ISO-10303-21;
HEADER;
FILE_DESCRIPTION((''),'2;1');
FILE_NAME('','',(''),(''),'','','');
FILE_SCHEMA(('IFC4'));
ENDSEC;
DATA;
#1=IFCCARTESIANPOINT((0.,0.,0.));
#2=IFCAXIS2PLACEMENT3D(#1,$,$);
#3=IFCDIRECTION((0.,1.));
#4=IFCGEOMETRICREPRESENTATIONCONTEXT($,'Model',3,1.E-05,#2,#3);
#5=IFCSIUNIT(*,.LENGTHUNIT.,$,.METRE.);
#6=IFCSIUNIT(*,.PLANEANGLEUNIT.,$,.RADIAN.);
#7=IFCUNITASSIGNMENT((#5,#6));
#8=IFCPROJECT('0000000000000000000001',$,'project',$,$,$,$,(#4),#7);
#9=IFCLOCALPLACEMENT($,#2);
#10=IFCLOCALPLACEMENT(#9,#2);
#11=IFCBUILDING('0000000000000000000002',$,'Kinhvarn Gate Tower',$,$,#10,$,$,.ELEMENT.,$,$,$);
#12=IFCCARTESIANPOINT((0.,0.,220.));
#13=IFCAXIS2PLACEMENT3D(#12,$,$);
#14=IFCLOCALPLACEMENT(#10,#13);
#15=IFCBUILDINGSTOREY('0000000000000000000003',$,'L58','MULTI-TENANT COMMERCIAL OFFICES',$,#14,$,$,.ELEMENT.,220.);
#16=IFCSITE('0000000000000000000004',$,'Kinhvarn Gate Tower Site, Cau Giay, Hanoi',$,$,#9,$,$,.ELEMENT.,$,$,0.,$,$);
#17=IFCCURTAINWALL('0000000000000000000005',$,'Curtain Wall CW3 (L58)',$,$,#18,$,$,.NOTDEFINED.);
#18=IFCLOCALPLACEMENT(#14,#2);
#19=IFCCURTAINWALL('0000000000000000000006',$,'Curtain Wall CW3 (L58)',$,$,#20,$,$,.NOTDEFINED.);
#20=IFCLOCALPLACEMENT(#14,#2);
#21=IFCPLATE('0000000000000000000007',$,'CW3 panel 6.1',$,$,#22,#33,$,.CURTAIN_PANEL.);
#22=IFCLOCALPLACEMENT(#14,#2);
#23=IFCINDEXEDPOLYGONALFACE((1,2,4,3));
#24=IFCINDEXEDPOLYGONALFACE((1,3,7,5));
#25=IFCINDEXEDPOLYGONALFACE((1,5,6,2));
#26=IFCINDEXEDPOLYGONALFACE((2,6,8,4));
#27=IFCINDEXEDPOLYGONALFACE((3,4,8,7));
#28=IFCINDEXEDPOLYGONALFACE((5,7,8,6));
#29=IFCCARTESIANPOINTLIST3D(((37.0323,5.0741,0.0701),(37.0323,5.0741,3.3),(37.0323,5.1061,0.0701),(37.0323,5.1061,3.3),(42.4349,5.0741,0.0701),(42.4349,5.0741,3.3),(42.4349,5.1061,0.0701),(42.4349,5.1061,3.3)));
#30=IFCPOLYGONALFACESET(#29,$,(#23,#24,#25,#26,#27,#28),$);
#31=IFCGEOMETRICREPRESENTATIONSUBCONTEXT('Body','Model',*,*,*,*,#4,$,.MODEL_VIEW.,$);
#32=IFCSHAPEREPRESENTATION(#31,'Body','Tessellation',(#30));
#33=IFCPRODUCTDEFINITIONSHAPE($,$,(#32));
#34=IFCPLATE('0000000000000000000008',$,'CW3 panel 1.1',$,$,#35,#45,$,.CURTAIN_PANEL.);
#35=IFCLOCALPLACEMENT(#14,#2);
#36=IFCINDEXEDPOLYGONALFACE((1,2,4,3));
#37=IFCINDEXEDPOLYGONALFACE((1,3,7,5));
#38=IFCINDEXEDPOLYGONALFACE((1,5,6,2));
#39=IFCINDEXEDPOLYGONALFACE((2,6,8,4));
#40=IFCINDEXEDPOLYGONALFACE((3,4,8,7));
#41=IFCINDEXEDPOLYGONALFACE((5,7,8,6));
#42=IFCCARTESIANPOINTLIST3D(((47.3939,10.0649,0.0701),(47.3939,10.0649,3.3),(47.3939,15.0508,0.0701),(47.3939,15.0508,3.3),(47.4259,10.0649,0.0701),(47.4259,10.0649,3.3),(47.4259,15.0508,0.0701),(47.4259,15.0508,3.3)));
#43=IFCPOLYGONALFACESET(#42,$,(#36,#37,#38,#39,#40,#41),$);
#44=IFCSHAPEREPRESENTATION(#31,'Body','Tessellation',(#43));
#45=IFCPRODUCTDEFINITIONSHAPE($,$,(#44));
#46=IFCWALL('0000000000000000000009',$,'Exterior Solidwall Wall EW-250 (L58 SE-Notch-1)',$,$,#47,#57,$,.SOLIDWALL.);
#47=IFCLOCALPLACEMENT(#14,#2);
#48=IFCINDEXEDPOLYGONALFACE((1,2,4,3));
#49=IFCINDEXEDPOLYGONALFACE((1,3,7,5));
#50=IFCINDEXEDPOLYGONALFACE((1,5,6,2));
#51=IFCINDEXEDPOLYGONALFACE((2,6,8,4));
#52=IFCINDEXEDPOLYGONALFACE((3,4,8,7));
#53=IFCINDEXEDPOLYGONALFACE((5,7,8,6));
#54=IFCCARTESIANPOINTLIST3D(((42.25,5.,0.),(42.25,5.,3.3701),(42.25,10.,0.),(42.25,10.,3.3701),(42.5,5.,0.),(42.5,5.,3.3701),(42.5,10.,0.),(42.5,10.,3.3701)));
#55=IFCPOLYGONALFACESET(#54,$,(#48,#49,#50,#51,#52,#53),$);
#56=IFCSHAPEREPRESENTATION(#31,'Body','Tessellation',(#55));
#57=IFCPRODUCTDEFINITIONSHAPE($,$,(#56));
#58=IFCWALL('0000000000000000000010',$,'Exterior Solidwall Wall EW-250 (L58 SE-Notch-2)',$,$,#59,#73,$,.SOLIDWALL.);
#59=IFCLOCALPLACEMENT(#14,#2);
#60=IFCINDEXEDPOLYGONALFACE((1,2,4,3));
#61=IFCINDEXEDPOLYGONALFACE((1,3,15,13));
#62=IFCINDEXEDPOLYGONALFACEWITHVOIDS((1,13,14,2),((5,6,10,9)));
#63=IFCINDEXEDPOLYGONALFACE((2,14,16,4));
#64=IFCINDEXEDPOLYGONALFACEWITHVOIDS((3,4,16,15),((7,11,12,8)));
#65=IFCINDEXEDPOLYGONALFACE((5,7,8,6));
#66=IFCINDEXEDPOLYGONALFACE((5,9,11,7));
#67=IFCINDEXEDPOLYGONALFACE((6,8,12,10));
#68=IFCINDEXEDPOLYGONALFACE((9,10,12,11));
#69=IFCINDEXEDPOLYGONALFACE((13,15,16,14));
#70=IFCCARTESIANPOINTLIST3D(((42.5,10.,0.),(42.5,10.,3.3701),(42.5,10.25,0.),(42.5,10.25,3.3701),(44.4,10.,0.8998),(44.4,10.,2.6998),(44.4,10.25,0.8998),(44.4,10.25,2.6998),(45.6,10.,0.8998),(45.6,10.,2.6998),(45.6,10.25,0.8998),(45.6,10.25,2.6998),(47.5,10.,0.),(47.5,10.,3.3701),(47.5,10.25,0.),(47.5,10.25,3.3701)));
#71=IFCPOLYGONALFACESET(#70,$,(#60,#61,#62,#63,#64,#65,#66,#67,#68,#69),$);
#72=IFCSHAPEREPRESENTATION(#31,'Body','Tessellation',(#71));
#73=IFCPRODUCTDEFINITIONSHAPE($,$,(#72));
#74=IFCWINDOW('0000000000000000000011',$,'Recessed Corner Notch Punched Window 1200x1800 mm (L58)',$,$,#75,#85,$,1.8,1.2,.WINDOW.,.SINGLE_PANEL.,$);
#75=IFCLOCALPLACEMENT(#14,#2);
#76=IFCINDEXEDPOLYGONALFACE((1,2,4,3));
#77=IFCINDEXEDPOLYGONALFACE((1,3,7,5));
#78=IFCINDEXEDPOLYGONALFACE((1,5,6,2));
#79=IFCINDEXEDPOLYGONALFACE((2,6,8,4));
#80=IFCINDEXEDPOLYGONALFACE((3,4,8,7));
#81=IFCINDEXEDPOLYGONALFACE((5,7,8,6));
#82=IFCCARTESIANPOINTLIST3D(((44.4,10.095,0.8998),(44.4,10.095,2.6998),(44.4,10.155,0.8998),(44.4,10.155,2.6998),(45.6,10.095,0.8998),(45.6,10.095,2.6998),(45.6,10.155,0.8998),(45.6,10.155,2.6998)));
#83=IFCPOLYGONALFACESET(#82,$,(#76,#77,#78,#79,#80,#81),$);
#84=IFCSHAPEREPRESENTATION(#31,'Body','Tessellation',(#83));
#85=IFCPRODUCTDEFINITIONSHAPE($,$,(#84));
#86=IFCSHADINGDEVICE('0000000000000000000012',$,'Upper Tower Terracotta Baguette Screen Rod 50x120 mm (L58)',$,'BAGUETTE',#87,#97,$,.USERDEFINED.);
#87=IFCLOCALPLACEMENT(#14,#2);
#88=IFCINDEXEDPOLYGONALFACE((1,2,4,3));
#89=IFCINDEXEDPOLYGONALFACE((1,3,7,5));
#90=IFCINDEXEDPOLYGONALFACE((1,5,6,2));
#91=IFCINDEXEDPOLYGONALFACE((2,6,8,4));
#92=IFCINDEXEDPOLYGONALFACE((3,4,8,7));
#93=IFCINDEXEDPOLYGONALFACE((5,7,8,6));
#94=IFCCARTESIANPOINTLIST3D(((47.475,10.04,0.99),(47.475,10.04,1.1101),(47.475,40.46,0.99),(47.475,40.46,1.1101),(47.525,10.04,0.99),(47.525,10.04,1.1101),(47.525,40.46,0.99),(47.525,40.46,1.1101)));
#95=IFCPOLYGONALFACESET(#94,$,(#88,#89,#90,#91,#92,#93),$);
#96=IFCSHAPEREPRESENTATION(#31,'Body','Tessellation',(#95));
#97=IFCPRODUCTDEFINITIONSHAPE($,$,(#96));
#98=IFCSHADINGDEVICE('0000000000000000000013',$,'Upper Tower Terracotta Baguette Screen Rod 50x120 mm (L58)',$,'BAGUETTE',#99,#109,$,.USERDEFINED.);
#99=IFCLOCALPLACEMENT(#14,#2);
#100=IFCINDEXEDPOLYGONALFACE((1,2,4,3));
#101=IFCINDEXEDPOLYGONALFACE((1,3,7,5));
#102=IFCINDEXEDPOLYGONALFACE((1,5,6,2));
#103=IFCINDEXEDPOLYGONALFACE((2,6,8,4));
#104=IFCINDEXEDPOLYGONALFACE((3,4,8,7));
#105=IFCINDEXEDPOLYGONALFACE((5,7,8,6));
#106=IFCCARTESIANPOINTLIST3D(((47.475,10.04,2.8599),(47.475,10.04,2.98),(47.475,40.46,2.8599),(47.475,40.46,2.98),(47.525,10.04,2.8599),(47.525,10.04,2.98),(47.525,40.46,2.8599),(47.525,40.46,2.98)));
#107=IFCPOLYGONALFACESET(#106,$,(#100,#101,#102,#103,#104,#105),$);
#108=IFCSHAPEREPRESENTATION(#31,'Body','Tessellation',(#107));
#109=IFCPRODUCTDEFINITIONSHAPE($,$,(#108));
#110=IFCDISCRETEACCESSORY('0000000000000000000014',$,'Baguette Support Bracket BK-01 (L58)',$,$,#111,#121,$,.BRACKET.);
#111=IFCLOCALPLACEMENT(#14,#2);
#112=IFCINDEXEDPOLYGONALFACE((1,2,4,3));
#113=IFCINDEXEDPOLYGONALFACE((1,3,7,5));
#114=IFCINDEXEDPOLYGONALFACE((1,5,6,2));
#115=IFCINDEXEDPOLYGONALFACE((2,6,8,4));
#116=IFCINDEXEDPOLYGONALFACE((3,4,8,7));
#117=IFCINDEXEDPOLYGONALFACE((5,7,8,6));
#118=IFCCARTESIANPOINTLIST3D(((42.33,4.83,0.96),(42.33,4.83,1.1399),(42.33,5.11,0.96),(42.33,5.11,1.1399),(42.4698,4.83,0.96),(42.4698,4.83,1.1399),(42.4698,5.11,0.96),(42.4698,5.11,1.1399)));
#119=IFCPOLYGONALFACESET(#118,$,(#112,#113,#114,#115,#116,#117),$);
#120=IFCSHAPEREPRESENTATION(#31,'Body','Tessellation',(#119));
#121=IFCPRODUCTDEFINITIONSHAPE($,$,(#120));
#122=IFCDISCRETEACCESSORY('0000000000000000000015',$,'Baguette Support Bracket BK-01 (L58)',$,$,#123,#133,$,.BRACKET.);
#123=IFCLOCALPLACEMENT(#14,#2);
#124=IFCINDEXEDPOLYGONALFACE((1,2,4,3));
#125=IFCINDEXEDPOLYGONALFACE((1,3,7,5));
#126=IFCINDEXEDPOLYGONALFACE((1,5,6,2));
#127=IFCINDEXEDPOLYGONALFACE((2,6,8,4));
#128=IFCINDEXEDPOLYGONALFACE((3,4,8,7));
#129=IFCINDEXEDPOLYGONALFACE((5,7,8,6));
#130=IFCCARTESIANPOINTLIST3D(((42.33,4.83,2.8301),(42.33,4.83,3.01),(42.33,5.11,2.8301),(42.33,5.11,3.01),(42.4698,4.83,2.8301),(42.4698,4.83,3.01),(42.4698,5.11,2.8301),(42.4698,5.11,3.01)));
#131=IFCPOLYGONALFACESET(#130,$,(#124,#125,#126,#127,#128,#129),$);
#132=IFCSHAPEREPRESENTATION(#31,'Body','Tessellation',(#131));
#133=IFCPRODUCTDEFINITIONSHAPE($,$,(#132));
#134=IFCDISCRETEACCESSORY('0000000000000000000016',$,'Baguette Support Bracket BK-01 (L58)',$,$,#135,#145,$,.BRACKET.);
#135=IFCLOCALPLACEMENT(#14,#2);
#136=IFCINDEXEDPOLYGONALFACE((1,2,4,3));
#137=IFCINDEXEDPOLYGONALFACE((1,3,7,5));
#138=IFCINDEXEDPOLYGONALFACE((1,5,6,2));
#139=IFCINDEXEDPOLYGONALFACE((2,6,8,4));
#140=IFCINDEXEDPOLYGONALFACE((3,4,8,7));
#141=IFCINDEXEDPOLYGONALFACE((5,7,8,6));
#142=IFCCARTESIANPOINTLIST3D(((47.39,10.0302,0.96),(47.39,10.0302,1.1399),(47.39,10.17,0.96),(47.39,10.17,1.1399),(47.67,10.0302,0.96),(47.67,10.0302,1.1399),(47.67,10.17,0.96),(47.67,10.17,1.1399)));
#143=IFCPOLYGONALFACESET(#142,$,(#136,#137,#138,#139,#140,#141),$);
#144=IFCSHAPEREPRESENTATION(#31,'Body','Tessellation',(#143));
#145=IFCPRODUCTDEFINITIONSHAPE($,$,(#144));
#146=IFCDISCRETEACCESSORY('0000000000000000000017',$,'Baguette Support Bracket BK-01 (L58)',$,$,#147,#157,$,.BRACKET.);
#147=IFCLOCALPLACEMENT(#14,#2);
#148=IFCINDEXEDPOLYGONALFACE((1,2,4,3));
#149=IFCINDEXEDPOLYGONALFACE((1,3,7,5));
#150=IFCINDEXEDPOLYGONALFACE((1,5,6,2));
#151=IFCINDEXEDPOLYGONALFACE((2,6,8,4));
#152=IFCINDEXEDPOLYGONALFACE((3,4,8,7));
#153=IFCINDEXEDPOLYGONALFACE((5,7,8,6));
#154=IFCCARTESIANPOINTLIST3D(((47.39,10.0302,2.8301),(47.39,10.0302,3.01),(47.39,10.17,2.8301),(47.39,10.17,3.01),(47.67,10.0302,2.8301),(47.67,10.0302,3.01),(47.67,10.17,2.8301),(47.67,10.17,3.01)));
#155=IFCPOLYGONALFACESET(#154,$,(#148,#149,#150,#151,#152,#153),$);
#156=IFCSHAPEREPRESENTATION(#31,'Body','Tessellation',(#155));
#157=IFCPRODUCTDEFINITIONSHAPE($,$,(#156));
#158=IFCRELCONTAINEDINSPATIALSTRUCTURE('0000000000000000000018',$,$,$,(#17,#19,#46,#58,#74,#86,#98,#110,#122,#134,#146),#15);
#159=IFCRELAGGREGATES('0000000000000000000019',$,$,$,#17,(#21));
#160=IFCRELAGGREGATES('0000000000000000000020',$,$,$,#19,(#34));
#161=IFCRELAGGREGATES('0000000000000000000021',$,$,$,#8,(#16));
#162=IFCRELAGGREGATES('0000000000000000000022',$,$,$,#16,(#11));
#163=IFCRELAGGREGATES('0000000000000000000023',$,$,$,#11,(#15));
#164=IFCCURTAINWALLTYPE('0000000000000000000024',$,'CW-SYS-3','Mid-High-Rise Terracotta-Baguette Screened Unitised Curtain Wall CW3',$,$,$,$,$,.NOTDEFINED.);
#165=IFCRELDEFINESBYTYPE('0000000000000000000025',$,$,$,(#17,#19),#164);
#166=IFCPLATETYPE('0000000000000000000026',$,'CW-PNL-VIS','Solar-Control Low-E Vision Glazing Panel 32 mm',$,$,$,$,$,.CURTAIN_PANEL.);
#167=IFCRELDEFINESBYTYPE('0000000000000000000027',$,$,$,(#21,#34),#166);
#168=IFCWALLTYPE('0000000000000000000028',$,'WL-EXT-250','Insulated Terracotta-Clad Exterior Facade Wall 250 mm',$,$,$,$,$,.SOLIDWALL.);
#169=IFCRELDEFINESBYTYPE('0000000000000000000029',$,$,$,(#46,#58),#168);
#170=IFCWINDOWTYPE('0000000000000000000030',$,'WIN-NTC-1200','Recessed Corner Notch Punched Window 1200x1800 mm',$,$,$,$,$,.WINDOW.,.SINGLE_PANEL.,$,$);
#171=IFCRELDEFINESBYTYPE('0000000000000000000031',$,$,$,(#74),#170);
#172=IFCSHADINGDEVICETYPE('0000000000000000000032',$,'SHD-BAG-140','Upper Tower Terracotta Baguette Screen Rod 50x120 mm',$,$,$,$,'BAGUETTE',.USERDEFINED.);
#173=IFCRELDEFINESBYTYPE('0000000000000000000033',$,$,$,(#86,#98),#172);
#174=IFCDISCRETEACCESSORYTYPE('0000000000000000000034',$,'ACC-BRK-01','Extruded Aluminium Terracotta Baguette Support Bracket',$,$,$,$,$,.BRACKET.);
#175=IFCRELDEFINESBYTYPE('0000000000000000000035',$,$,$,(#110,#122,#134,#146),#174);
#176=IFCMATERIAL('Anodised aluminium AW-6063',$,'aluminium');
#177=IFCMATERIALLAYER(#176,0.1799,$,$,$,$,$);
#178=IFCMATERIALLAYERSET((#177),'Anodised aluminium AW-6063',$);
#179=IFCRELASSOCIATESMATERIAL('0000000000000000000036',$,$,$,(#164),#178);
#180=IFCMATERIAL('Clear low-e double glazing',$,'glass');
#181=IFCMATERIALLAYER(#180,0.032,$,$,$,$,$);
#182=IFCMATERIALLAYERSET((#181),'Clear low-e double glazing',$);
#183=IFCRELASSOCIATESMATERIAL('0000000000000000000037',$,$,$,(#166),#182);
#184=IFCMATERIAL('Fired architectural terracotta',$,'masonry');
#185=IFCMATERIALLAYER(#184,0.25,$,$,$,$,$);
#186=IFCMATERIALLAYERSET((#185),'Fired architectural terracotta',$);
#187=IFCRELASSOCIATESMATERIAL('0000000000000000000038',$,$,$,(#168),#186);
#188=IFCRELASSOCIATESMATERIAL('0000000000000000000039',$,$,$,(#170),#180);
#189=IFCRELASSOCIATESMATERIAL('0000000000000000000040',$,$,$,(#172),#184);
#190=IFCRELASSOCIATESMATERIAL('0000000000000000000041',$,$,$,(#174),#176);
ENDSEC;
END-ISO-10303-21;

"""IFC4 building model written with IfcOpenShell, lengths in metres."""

from ifc_helpers import new_model, si_unit, direction, frame, frame_2d, origin, origin_2d, place, context, subcontext, project, spatial, rectangle, extrude, material, layer, layer_set, material_profile, profile_set, type_object, element, fill, aggregate, save


model = new_model("IFC4")

# Units and contexts
model_context = context("Model", 3, precision=1e-05, world=origin(), true_north=direction((0.0, 1.0)))
body_context = subcontext(model_context, "Body", "Model", "MODEL_VIEW")
ifc_project = project(units=[si_unit("LENGTHUNIT", "METRE"), si_unit("PLANEANGLEUNIT", "RADIAN")], contexts=[model_context])

# Site, building, storey
site_placement = place(None, origin())
site = spatial("IfcSite", under=ifc_project, at=site_placement, Name="Kinhvarn Gate Tower Site, Cau Giay, Hanoi", CompositionType="ELEMENT", RefElevation=0.0)
building_placement = place(site_placement, origin())
building = spatial("IfcBuilding", under=site, at=building_placement, Name="Kinhvarn Gate Tower", CompositionType="ELEMENT")
storey_placement = place(building_placement, frame((0.0, 0.0, 220.0)))
storey = spatial("IfcBuildingStorey", under=building, at=storey_placement, Name="L58", Description="MULTI-TENANT COMMERCIAL OFFICES", CompositionType="ELEMENT", Elevation=220.0)

# Curtain wall
ifc_material_1 = material(Name="Anodised aluminium AW-6063", Category="aluminium")
ifc_layer_1 = layer(ifc_material_1, 0.1799)
ifc_layer_set_1 = layer_set([ifc_layer_1], Name="Anodised aluminium AW-6063")
curtain_wall_type = type_object("IfcCurtainWallType", Name="CW-SYS-3", Description="Mid-High-Rise Terracotta-Baguette Screened Unitised Curtain Wall CW3", PredefinedType="NOTDEFINED", material=ifc_layer_set_1)
curtain_wall_1_placement = place(storey_placement, origin())
curtain_wall_1 = element("IfcCurtainWall", 1, at=curtain_wall_1_placement, inside=storey, type_object=curtain_wall_type, Name="Curtain Wall CW3 (L58)", PredefinedType="NOTDEFINED")

# Curtain wall
curtain_wall_2_placement = place(storey_placement, origin())
curtain_wall_2 = element("IfcCurtainWall", 2, at=curtain_wall_2_placement, inside=storey, type_object=curtain_wall_type, Name="Curtain Wall CW3 (L58)", PredefinedType="NOTDEFINED")

# Plates
ifc_material_2 = material(Name="Clear low-e double glazing", Category="glass")
ifc_layer_2 = layer(ifc_material_2, 0.032)
ifc_layer_set_2 = layer_set([ifc_layer_2], Name="Clear low-e double glazing")
plate_type = type_object("IfcPlateType", Name="CW-PNL-VIS", Description="Solar-Control Low-E Vision Glazing Panel 32 mm", PredefinedType="CURTAIN_PANEL", material=ifc_layer_set_2)
plate_1_placement = place(storey_placement, frame((39.7336, 5.0901, 0.0701), z_axis=(0.0, 0.0, 1.0), x_axis=(1.0, 0.0, 0.0)))
plate_1 = element("IfcPlate", 3, at=plate_1_placement, type_object=plate_type, Name="CW3 panel 6.1", PredefinedType="CURTAIN_PANEL", context=body_context, shape_type="SweptSolid", body=[
    extrude(rectangle(XDim=5.4026, YDim=0.032, at=origin_2d()), origin(), (0.0, 0.0, 1.0), 3.23),
])
aggregate(curtain_wall_1, [plate_1])
plate_2_placement = place(storey_placement, frame((47.4099, 12.5579, 0.0701), z_axis=(0.0, 0.0, 1.0), x_axis=(0.0, 1.0, 0.0)))
plate_2 = element("IfcPlate", 4, at=plate_2_placement, type_object=plate_type, Name="CW3 panel 1.1", PredefinedType="CURTAIN_PANEL", context=body_context, shape_type="SweptSolid", body=[
    extrude(rectangle(XDim=4.9858, YDim=0.032, at=origin_2d()), origin(), (0.0, 0.0, 1.0), 3.23),
])
aggregate(curtain_wall_2, [plate_2])

# Wall
ifc_material_3 = material(Name="Fired architectural terracotta", Category="masonry")
ifc_layer_3 = layer(ifc_material_3, 0.25)
ifc_layer_set_3 = layer_set([ifc_layer_3], Name="Fired architectural terracotta")
wall_type = type_object("IfcWallType", Name="WL-EXT-250", Description="Insulated Terracotta-Clad Exterior Facade Wall 250 mm", PredefinedType="SOLIDWALL", material=ifc_layer_set_3)
wall_1_placement = place(storey_placement, frame((42.375, 5.0, 0.0), z_axis=(0.0, 0.0, 1.0), x_axis=(0.0, 1.0, 0.0)))
element("IfcWall", 5, at=wall_1_placement, inside=storey, type_object=wall_type, Name="Exterior Solidwall Wall EW-250 (L58 SE-Notch-1)", PredefinedType="SOLIDWALL", context=body_context, shape_type="SweptSolid", body=[
    extrude(rectangle(XDim=5.0, YDim=0.25, at=frame_2d((2.5, 0.0))), origin(), (0.0, 0.0, 1.0), 3.3701),
])

# Wall, opening, window
wall_2_placement = place(storey_placement, frame((42.5, 10.125, 0.0), z_axis=(0.0, 0.0, 1.0), x_axis=(1.0, 0.0, 0.0)))
wall_2 = element("IfcWall", 6, at=wall_2_placement, inside=storey, type_object=wall_type, Name="Exterior Solidwall Wall EW-250 (L58 SE-Notch-2)", PredefinedType="SOLIDWALL", context=body_context, shape_type="SweptSolid", body=[
    extrude(rectangle(XDim=5.0, YDim=0.25, at=frame_2d((2.5, 0.0))), origin(), (0.0, 0.0, 1.0), 3.3701),
])
opening_placement = place(wall_2_placement, frame((1.8999, 0.0, 0.8999)))
opening = element("IfcOpeningElement", 7, at=opening_placement, cuts=wall_2, PredefinedType="OPENING", context=body_context, shape_type="SweptSolid", body=[
    extrude(rectangle(XDim=1.2, YDim=1.8, at=frame_2d((0.6001, 0.8999))), frame((0.0, 0.135, 0.0), z_axis=(0.0, -1.0, 0.0), x_axis=(1.0, 0.0, 0.0)), (0.0, 0.0, 1.0), 0.27),
])
window_type = type_object("IfcWindowType", Name="WIN-NTC-1200", Description="Recessed Corner Notch Punched Window 1200x1800 mm", PartitioningType="SINGLE_PANEL", PredefinedType="WINDOW", material=ifc_material_2)
window_placement = place(opening_placement, origin())
window = element("IfcWindow", 8, at=window_placement, inside=storey, type_object=window_type, Name="Recessed Corner Notch Punched Window 1200x1800 mm (L58)", OverallHeight=1.8, OverallWidth=1.2, PartitioningType="SINGLE_PANEL", PredefinedType="WINDOW", context=body_context, shape_type="SweptSolid", body=[
    extrude(rectangle(XDim=1.2, YDim=1.8, at=frame_2d((0.6001, 0.8999))), frame((0.0, 0.03, 0.0), z_axis=(0.0, -1.0, 0.0), x_axis=(1.0, 0.0, 0.0)), (0.0, 0.0, 1.0), 0.0601),
])
fill(opening, window)

# Shading devices
ifc_material_profile_1 = material_profile(ifc_material_3, rectangle(XDim=0.05, YDim=0.1201, at=origin_2d()), Name="TC 50x120")
ifc_profile_set_1 = profile_set([ifc_material_profile_1], Name="Fired architectural terracotta")
shading_device_type = type_object("IfcShadingDeviceType", Name="SHD-BAG-140", Description="Upper Tower Terracotta Baguette Screen Rod 50x120 mm", ElementType="BAGUETTE", PredefinedType="USERDEFINED", material=ifc_profile_set_1)
for number, where, z_axis, x_axis, name in (
    (9, (47.5, 10.04, 1.05), (0.0, 1.0, 0.0), (-1.0, 0.0, 0.0), "Upper Tower Terracotta Baguette Screen Rod 50x120 mm (L58)"),
    (10, (47.5, 10.04, 2.9199), (0.0, 1.0, 0.0), (-1.0, 0.0, 0.0), "Upper Tower Terracotta Baguette Screen Rod 50x120 mm (L58)"),
):
    element("IfcShadingDevice", number, at=place(storey_placement, frame(where, z_axis=z_axis, x_axis=x_axis)), inside=storey, type_object=shading_device_type, Name=name, ObjectType="BAGUETTE", PredefinedType="USERDEFINED", context=body_context, shape_type="SweptSolid", body=[
        extrude(rectangle(XDim=0.05, YDim=0.1201, at=origin_2d()), origin(), (0.0, 0.0, 1.0), 30.4199),
    ])

# Discrete accessories
discrete_accessory_type = type_object("IfcDiscreteAccessoryType", Name="ACC-BRK-01", Description="Extruded Aluminium Terracotta Baguette Support Bracket", PredefinedType="BRACKET", material=ifc_material_1)
for number, where, z_axis, x_axis, name in (
    (11, (42.3999, 4.97, 0.96), (0.0, 0.0, 1.0), (1.0, 0.0, 0.0), "Baguette Support Bracket BK-01 (L58)"),
    (12, (42.3999, 4.97, 2.8301), (0.0, 0.0, 1.0), (1.0, 0.0, 0.0), "Baguette Support Bracket BK-01 (L58)"),
    (13, (47.53, 10.1001, 0.96), (0.0, 0.0, 1.0), (0.0, 1.0, 0.0), "Baguette Support Bracket BK-01 (L58)"),
    (14, (47.53, 10.1001, 2.8301), (0.0, 0.0, 1.0), (0.0, 1.0, 0.0), "Baguette Support Bracket BK-01 (L58)"),
):
    element("IfcDiscreteAccessory", number, at=place(storey_placement, frame(where, z_axis=z_axis, x_axis=x_axis)), inside=storey, type_object=discrete_accessory_type, Name=name, PredefinedType="BRACKET", context=body_context, shape_type="SweptSolid", body=[
        extrude(rectangle(XDim=0.1399, YDim=0.28, at=origin_2d()), origin(), (0.0, 0.0, 1.0), 0.1799),
    ])

save(model, "model.ifc")
